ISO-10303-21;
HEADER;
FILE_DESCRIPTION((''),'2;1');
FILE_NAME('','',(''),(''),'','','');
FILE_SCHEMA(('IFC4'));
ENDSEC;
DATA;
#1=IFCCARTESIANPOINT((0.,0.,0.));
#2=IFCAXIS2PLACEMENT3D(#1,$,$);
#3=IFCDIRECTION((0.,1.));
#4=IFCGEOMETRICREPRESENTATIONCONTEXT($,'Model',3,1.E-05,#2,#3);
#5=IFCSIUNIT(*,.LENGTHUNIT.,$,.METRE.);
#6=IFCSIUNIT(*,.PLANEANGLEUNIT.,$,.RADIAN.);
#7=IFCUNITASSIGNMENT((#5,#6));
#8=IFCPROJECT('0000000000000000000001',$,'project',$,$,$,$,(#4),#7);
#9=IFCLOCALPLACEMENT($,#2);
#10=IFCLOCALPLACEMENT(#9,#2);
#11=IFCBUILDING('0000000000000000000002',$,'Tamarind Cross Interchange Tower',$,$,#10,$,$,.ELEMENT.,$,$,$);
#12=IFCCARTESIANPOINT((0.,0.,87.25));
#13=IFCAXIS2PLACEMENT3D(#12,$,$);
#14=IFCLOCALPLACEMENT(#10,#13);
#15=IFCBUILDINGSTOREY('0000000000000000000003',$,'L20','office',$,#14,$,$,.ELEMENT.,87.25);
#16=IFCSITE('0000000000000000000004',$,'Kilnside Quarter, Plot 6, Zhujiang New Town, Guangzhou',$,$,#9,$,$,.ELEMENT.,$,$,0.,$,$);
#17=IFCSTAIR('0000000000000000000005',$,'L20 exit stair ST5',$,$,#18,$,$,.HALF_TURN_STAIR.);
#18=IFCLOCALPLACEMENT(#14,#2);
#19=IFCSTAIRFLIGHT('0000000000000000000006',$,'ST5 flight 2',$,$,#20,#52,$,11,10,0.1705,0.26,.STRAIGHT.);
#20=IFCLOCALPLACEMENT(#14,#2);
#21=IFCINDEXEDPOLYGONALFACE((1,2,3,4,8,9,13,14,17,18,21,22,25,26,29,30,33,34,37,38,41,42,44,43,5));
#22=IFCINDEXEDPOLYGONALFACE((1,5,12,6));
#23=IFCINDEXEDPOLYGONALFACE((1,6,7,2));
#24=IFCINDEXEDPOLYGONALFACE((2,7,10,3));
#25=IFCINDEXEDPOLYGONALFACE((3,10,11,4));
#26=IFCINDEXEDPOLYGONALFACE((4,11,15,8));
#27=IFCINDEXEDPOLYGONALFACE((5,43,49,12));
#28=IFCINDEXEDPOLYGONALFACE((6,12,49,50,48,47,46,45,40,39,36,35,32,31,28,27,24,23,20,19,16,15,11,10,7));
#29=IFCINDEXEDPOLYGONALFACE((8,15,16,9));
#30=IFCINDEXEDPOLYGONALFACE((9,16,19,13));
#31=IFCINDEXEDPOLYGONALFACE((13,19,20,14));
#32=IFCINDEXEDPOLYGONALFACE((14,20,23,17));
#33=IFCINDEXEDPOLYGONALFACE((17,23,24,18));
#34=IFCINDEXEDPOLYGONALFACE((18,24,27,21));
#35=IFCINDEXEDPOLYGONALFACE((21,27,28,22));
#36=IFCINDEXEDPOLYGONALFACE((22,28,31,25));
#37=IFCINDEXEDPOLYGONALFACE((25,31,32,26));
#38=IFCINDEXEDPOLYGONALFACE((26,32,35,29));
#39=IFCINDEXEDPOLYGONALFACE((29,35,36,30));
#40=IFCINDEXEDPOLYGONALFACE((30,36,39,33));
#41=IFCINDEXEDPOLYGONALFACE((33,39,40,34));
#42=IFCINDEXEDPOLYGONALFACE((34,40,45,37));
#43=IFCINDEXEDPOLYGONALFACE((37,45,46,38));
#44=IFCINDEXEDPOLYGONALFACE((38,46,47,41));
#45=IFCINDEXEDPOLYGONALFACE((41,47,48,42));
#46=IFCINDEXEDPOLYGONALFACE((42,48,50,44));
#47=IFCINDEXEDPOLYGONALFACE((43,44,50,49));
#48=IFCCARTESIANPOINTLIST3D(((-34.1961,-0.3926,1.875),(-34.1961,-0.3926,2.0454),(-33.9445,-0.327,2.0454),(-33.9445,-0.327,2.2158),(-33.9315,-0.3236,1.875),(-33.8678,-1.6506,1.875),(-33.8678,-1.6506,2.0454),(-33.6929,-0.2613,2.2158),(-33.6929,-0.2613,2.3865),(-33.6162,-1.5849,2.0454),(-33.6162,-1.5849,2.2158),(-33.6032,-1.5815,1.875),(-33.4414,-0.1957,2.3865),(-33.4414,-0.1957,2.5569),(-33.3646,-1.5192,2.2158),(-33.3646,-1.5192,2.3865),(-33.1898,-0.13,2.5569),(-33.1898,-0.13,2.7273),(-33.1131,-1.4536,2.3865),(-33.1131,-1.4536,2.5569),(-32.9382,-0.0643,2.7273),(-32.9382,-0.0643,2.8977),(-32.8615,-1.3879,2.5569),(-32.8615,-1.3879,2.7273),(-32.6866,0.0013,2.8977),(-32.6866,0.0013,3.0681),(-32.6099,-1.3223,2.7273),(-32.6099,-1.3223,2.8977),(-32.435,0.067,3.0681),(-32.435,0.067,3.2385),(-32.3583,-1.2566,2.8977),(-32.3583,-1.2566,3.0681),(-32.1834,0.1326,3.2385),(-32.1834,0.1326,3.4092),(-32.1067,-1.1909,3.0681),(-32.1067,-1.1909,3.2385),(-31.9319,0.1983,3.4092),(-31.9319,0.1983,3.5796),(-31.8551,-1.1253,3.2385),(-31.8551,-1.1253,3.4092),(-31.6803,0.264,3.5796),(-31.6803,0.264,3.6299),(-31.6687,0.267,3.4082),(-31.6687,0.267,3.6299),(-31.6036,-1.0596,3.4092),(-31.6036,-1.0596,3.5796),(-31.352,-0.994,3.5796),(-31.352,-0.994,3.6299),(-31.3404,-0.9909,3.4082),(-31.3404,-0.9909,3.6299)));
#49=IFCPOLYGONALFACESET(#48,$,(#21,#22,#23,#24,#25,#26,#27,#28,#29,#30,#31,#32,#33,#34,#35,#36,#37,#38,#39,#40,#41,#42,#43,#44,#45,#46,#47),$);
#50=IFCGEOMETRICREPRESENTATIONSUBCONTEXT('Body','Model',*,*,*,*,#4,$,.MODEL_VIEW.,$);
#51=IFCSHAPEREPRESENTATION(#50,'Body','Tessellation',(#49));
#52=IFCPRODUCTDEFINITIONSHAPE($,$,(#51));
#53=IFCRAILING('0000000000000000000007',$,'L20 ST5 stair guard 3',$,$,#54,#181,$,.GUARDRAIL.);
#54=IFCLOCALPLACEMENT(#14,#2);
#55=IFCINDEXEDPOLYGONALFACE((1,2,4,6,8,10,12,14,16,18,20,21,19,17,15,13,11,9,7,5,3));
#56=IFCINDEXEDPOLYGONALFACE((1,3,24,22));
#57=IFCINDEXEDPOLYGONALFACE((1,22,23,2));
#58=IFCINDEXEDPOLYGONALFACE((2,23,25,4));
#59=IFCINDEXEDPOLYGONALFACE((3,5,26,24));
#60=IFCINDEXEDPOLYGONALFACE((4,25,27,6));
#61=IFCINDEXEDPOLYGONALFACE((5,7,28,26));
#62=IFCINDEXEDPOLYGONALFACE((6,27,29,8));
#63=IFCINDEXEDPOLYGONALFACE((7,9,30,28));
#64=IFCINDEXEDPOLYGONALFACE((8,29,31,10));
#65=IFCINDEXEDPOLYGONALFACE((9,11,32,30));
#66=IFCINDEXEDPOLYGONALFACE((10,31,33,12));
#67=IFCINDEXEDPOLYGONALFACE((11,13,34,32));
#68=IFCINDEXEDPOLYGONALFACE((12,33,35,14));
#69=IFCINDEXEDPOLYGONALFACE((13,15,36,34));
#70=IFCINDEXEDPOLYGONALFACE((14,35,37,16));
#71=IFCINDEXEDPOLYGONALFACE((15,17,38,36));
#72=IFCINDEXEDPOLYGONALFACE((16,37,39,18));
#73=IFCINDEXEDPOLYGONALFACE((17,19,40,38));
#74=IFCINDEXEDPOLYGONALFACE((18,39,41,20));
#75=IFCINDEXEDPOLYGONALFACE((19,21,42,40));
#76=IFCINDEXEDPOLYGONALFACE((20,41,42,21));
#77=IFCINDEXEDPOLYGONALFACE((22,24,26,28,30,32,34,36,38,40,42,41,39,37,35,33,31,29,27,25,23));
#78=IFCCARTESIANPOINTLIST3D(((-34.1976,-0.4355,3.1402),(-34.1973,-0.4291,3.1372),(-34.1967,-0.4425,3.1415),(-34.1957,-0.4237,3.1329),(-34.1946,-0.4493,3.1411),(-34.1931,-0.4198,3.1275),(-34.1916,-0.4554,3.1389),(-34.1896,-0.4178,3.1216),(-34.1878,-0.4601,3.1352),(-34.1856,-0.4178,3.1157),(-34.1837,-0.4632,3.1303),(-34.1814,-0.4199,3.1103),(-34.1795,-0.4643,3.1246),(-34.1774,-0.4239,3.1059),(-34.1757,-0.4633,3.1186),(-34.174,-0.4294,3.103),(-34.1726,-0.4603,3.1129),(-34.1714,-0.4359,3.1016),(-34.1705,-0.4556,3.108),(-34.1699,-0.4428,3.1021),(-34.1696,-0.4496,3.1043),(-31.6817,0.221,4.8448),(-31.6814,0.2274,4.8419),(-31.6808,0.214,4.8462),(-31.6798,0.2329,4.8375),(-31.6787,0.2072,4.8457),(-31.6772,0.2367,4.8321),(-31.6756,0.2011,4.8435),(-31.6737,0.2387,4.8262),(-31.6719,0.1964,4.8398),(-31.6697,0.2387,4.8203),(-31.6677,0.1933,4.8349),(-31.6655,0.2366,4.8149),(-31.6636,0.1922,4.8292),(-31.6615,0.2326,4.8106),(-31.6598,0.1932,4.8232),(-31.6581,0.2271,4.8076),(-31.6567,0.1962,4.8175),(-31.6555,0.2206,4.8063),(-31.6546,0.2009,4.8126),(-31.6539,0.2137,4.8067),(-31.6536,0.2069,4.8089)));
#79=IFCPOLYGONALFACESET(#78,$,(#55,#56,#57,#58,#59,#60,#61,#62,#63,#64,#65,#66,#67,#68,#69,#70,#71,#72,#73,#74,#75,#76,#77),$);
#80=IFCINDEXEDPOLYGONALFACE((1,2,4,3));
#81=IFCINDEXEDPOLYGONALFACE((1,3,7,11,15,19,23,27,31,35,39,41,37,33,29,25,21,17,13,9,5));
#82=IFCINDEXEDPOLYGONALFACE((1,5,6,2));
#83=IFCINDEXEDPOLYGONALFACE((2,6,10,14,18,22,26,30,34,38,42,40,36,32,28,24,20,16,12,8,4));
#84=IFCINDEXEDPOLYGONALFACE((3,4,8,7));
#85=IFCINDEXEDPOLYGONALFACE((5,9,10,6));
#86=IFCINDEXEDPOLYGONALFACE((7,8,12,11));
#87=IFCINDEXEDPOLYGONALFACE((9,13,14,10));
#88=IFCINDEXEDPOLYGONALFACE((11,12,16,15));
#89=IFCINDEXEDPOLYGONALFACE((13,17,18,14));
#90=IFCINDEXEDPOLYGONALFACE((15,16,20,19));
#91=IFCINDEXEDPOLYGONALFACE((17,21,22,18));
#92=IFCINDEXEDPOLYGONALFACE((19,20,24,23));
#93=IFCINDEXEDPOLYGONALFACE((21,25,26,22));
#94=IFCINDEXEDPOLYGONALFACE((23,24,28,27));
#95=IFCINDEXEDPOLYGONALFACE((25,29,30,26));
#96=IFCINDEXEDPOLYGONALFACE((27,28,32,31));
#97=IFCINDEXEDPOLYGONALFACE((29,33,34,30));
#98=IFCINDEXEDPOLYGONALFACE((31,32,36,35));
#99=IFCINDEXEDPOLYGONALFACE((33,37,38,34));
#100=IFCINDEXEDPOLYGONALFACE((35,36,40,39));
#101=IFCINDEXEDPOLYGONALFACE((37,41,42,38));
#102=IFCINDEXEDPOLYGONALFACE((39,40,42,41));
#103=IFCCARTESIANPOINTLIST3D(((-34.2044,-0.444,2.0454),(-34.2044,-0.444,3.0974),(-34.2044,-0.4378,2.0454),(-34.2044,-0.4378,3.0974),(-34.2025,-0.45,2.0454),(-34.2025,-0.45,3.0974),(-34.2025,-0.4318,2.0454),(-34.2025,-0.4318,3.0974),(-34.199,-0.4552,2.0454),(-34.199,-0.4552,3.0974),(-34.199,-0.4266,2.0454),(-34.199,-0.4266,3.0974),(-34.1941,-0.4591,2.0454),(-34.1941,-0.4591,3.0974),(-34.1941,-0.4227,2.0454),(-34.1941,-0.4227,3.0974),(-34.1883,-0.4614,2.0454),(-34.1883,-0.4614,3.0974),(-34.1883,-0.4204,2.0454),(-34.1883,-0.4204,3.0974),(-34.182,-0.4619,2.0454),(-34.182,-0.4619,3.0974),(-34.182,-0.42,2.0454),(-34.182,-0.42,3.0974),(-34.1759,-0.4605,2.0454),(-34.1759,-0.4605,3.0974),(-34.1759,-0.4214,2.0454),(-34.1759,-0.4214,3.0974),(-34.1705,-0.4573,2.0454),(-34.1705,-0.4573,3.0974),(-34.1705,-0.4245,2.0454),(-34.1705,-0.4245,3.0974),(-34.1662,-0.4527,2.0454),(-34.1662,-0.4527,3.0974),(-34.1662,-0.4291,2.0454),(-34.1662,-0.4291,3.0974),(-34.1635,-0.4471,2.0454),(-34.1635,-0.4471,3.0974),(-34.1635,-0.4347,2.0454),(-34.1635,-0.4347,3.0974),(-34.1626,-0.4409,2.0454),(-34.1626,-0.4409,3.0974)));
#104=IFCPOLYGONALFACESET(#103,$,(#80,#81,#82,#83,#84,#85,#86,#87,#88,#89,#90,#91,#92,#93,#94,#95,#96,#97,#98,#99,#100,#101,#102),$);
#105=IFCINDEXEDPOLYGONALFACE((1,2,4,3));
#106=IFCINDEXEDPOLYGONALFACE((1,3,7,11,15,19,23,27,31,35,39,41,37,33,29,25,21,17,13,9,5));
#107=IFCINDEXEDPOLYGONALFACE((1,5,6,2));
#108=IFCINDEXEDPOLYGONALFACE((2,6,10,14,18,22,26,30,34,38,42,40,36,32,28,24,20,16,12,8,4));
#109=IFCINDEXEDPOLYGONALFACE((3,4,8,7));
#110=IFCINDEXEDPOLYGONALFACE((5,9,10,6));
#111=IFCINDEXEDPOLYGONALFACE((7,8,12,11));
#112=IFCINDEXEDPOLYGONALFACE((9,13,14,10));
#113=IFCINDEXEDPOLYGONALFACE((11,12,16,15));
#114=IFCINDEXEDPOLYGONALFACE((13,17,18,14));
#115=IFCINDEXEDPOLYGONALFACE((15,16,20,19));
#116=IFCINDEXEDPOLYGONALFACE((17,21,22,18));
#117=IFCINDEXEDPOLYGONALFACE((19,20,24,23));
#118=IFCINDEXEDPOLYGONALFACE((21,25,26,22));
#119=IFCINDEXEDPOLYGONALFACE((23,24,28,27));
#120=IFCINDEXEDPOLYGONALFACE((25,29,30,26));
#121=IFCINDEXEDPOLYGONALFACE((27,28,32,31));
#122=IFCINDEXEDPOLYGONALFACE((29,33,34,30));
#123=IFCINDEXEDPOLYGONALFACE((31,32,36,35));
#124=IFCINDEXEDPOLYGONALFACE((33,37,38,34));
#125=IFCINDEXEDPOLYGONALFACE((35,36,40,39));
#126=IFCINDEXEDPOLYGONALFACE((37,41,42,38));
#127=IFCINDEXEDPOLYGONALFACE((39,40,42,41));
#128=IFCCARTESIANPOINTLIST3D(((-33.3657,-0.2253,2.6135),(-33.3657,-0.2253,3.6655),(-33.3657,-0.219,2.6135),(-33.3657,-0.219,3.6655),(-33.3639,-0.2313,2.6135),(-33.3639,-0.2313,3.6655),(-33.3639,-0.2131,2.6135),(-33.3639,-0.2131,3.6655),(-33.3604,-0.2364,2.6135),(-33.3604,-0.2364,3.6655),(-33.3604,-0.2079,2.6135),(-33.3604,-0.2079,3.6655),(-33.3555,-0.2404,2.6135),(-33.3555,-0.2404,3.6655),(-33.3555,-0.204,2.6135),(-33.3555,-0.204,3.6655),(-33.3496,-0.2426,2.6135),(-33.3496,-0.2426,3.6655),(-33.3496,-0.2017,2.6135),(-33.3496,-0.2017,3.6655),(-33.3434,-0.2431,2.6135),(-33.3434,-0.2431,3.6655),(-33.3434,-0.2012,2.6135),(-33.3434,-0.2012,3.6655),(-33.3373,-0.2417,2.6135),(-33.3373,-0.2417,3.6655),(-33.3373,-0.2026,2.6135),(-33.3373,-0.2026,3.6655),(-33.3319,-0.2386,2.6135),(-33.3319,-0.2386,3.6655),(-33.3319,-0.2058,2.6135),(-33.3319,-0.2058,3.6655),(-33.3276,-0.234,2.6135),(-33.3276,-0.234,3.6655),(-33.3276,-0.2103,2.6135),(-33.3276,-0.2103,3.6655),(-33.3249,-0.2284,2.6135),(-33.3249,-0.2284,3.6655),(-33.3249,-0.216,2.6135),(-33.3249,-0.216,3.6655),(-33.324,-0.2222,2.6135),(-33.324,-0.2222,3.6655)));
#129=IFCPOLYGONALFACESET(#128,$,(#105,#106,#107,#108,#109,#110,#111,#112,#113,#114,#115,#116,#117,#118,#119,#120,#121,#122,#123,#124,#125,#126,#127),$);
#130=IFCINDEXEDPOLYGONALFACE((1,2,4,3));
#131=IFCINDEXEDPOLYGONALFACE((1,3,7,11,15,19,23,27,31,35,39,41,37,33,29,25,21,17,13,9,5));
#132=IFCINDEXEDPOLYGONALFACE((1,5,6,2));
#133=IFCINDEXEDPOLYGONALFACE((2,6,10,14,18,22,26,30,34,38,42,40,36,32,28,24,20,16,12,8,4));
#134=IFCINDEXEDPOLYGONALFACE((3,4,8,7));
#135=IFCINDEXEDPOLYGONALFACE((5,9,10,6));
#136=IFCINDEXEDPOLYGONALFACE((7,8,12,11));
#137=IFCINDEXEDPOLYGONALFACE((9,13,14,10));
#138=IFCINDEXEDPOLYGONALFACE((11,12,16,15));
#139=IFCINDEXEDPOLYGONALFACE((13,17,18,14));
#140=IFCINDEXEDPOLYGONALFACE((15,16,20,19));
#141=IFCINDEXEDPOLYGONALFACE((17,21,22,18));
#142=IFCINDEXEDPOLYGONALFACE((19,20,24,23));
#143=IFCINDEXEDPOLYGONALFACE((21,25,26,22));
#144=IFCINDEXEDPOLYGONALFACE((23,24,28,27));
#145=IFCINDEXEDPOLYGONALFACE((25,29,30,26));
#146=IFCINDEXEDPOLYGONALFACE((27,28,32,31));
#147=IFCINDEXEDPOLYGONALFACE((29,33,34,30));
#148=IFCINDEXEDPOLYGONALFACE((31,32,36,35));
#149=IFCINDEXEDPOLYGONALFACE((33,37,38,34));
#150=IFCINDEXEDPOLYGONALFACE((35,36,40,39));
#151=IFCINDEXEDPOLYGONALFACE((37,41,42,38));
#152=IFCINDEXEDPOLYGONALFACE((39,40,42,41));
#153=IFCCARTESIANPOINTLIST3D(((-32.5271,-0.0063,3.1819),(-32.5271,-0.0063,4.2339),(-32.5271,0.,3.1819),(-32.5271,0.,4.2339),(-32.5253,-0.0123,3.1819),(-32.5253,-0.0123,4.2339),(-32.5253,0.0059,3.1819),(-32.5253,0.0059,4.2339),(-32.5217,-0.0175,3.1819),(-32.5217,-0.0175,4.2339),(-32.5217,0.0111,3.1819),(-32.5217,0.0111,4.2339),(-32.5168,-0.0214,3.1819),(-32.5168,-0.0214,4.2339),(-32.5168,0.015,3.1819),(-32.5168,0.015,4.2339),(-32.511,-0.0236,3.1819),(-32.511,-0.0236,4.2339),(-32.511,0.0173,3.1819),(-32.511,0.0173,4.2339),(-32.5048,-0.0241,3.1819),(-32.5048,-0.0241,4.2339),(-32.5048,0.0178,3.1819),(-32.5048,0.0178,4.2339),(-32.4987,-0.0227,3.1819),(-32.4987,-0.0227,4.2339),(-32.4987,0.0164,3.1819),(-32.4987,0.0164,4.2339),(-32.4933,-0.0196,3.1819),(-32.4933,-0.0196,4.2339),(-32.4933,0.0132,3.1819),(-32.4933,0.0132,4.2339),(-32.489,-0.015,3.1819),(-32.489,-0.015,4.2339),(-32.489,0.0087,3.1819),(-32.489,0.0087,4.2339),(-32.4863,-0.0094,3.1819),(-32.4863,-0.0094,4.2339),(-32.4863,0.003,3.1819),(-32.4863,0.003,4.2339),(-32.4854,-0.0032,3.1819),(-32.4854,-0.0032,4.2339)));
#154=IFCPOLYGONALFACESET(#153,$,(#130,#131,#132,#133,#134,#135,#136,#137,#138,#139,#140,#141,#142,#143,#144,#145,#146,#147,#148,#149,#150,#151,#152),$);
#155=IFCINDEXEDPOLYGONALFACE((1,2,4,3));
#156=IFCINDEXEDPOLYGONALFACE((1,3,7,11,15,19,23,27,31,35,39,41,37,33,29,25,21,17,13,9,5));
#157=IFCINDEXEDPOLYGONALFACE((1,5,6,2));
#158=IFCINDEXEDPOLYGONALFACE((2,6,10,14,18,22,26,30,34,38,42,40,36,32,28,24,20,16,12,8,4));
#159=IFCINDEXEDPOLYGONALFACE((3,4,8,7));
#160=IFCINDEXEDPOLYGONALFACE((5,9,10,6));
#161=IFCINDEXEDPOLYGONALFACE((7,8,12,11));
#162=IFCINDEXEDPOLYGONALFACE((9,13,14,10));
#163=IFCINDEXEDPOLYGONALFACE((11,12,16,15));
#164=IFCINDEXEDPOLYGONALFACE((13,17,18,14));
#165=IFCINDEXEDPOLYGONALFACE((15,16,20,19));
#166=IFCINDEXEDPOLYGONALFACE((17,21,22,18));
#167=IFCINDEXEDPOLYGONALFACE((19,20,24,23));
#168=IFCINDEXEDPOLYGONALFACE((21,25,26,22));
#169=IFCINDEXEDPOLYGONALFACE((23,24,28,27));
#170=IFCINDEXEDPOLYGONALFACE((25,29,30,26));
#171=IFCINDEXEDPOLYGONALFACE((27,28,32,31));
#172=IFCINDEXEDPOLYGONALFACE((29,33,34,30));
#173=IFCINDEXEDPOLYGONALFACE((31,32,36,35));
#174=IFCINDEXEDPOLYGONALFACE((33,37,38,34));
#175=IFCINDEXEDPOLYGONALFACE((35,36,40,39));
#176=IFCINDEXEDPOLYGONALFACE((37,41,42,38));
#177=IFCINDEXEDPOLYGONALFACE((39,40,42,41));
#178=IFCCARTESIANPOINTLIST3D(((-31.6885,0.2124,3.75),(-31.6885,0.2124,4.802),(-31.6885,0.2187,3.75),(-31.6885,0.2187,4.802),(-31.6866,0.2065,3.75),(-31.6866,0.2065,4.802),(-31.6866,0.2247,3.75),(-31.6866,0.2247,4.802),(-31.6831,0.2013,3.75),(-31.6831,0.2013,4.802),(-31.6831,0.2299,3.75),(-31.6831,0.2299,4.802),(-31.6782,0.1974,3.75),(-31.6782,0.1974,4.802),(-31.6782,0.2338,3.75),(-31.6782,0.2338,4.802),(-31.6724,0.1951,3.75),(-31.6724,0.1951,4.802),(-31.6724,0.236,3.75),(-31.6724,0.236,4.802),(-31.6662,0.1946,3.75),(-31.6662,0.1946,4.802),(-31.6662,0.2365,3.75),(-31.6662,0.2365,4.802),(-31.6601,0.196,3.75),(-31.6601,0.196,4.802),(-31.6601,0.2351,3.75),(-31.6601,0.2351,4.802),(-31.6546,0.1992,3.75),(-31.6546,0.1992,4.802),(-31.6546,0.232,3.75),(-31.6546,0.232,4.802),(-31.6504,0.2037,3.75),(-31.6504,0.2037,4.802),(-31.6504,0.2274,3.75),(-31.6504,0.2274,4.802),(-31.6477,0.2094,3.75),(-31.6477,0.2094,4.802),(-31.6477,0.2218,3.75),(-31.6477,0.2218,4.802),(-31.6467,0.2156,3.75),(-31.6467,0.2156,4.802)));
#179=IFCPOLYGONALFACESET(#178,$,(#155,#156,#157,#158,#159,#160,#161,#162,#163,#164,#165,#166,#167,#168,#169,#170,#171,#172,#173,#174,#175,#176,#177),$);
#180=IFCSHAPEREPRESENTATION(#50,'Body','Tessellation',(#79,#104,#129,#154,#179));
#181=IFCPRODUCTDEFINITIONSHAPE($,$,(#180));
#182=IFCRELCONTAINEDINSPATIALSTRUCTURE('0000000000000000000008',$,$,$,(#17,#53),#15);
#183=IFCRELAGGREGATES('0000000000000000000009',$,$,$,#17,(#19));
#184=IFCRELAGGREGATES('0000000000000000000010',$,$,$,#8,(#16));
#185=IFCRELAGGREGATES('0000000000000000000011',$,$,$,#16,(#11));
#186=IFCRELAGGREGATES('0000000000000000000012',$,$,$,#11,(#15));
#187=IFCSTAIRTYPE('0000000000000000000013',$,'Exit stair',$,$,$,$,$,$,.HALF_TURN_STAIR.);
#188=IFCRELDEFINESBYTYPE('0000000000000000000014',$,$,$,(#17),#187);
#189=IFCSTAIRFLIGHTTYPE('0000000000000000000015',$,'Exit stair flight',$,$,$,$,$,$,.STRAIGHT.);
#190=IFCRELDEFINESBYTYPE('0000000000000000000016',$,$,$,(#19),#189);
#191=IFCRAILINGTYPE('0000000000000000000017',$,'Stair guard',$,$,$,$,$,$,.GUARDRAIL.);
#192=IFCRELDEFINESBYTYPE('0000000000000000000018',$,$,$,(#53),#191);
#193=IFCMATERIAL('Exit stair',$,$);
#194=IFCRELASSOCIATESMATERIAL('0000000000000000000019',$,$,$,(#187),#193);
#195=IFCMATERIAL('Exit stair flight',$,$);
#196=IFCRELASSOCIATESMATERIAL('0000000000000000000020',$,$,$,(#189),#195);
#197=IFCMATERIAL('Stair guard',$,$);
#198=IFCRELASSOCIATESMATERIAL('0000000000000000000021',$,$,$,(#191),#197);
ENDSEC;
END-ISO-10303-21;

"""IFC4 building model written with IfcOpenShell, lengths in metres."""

from ifc_helpers import new_model, si_unit, direction, frame, origin, origin_2d, place, context, subcontext, project, spatial, polyline, circle, outline, extrude, material, type_object, element, aggregate, save


model = new_model("IFC4")

# Units and contexts
model_context = context("Model", 3, precision=1e-05, world=origin(), true_north=direction((0.0, 1.0)))
body_context = subcontext(model_context, "Body", "Model", "MODEL_VIEW")
ifc_project = project(units=[si_unit("LENGTHUNIT", "METRE"), si_unit("PLANEANGLEUNIT", "RADIAN")], contexts=[model_context])

# Site, building, storey
site_placement = place(None, origin())
site = spatial("IfcSite", under=ifc_project, at=site_placement, Name="Kilnside Quarter, Plot 6, Zhujiang New Town, Guangzhou", CompositionType="ELEMENT", RefElevation=0.0)
building_placement = place(site_placement, origin())
building = spatial("IfcBuilding", under=site, at=building_placement, Name="Tamarind Cross Interchange Tower", CompositionType="ELEMENT")
storey_placement = place(building_placement, frame((0.0, 0.0, 87.25)))
storey = spatial("IfcBuildingStorey", under=building, at=storey_placement, Name="L20", Description="office", CompositionType="ELEMENT", Elevation=87.25)

# Stair, stair flight
ifc_material_1 = material(Name="Exit stair")
stair_type = type_object("IfcStairType", Name="Exit stair", PredefinedType="HALF_TURN_STAIR", material=ifc_material_1)
stair_placement = place(storey_placement, origin())
stair = element("IfcStair", 1, at=stair_placement, inside=storey, type_object=stair_type, Name="L20 exit stair ST5", PredefinedType="HALF_TURN_STAIR")
ifc_material_2 = material(Name="Exit stair flight")
stair_flight_type = type_object("IfcStairFlightType", Name="Exit stair flight", PredefinedType="STRAIGHT", material=ifc_material_2)
stair_flight_placement = place(storey_placement, frame((-34.032, -1.0215, 1.875), z_axis=(0.0, 0.0, 1.0), x_axis=(0.967589, 0.252529, 0.0)))
stair_flight = element("IfcStairFlight", 2, at=stair_flight_placement, type_object=stair_flight_type, Name="ST5 flight 2", NumberOfRisers=11, NumberOfTreads=10, PredefinedType="STRAIGHT", RiserHeight=0.1705, TreadLength=0.26, context=body_context, shape_type="SweptSolid", body=[
    extrude(outline(polyline([(0.0, 0.0), (0.0, 0.1704), (0.26, 0.1704), (0.26, 0.3408), (0.52, 0.3408), (0.52, 0.5115), (0.78, 0.5115), (0.78, 0.6819), (1.04, 0.6819), (1.04, 0.8523), (1.3, 0.8523), (1.3, 1.0227), (1.5601, 1.0227), (1.5601, 1.1931), (1.8201, 1.1931), (1.8201, 1.3635), (2.0801, 1.3635), (2.0801, 1.5342), (2.3401, 1.5342), (2.3401, 1.7046), (2.6001, 1.7046), (2.6001, 1.7549), (2.6121, 1.7549), (2.6121, 1.5332), (0.2734, 0.0), (0.0, 0.0)])), frame((0.0, 0.6499, 0.0), z_axis=(0.0, -1.0, 0.0), x_axis=(1.0, 0.0, 0.0)), (0.0, 0.0, 1.0), 1.3),
])
aggregate(stair, [stair_flight])

# Railing
ifc_material_3 = material(Name="Stair guard")
railing_type_1 = type_object("IfcRailingType", Name="Stair guard", PredefinedType="GUARDRAIL", material=ifc_material_3)
railing_1_placement = place(storey_placement, frame((-34.1836, -0.4409, 2.0454)))
element("IfcRailing", 3, at=railing_1_placement, inside=storey, type_object=railing_type_1, Name="L20 ST5 stair guard 3", PredefinedType="GUARDRAIL", context=body_context, shape_type="SweptSolid", body=[
    extrude(circle(Radius=0.0239, at=origin_2d()), frame((0.0, 0.0, 1.0762), z_axis=(0.809208, 0.211156, 0.548267), x_axis=(-0.252487, 0.9676, 0.0)), (0.0, 0.0, 1.0), 3.1091),
    extrude(circle(Radius=0.021, at=origin_2d()), origin(), (0.0, 0.0, 1.0), 1.052),
    extrude(circle(Radius=0.021, at=origin_2d()), frame((0.8386, 0.2188, 0.5681)), (0.0, 0.0, 1.0), 1.052),
    extrude(circle(Radius=0.021, at=origin_2d()), frame((1.6772, 0.4377, 1.1365)), (0.0, 0.0, 1.0), 1.052),
    extrude(circle(Radius=0.021, at=origin_2d()), frame((2.5159, 0.6565, 1.7046)), (0.0, 0.0, 1.0), 1.052),
])

save(model, "model.ifc")
